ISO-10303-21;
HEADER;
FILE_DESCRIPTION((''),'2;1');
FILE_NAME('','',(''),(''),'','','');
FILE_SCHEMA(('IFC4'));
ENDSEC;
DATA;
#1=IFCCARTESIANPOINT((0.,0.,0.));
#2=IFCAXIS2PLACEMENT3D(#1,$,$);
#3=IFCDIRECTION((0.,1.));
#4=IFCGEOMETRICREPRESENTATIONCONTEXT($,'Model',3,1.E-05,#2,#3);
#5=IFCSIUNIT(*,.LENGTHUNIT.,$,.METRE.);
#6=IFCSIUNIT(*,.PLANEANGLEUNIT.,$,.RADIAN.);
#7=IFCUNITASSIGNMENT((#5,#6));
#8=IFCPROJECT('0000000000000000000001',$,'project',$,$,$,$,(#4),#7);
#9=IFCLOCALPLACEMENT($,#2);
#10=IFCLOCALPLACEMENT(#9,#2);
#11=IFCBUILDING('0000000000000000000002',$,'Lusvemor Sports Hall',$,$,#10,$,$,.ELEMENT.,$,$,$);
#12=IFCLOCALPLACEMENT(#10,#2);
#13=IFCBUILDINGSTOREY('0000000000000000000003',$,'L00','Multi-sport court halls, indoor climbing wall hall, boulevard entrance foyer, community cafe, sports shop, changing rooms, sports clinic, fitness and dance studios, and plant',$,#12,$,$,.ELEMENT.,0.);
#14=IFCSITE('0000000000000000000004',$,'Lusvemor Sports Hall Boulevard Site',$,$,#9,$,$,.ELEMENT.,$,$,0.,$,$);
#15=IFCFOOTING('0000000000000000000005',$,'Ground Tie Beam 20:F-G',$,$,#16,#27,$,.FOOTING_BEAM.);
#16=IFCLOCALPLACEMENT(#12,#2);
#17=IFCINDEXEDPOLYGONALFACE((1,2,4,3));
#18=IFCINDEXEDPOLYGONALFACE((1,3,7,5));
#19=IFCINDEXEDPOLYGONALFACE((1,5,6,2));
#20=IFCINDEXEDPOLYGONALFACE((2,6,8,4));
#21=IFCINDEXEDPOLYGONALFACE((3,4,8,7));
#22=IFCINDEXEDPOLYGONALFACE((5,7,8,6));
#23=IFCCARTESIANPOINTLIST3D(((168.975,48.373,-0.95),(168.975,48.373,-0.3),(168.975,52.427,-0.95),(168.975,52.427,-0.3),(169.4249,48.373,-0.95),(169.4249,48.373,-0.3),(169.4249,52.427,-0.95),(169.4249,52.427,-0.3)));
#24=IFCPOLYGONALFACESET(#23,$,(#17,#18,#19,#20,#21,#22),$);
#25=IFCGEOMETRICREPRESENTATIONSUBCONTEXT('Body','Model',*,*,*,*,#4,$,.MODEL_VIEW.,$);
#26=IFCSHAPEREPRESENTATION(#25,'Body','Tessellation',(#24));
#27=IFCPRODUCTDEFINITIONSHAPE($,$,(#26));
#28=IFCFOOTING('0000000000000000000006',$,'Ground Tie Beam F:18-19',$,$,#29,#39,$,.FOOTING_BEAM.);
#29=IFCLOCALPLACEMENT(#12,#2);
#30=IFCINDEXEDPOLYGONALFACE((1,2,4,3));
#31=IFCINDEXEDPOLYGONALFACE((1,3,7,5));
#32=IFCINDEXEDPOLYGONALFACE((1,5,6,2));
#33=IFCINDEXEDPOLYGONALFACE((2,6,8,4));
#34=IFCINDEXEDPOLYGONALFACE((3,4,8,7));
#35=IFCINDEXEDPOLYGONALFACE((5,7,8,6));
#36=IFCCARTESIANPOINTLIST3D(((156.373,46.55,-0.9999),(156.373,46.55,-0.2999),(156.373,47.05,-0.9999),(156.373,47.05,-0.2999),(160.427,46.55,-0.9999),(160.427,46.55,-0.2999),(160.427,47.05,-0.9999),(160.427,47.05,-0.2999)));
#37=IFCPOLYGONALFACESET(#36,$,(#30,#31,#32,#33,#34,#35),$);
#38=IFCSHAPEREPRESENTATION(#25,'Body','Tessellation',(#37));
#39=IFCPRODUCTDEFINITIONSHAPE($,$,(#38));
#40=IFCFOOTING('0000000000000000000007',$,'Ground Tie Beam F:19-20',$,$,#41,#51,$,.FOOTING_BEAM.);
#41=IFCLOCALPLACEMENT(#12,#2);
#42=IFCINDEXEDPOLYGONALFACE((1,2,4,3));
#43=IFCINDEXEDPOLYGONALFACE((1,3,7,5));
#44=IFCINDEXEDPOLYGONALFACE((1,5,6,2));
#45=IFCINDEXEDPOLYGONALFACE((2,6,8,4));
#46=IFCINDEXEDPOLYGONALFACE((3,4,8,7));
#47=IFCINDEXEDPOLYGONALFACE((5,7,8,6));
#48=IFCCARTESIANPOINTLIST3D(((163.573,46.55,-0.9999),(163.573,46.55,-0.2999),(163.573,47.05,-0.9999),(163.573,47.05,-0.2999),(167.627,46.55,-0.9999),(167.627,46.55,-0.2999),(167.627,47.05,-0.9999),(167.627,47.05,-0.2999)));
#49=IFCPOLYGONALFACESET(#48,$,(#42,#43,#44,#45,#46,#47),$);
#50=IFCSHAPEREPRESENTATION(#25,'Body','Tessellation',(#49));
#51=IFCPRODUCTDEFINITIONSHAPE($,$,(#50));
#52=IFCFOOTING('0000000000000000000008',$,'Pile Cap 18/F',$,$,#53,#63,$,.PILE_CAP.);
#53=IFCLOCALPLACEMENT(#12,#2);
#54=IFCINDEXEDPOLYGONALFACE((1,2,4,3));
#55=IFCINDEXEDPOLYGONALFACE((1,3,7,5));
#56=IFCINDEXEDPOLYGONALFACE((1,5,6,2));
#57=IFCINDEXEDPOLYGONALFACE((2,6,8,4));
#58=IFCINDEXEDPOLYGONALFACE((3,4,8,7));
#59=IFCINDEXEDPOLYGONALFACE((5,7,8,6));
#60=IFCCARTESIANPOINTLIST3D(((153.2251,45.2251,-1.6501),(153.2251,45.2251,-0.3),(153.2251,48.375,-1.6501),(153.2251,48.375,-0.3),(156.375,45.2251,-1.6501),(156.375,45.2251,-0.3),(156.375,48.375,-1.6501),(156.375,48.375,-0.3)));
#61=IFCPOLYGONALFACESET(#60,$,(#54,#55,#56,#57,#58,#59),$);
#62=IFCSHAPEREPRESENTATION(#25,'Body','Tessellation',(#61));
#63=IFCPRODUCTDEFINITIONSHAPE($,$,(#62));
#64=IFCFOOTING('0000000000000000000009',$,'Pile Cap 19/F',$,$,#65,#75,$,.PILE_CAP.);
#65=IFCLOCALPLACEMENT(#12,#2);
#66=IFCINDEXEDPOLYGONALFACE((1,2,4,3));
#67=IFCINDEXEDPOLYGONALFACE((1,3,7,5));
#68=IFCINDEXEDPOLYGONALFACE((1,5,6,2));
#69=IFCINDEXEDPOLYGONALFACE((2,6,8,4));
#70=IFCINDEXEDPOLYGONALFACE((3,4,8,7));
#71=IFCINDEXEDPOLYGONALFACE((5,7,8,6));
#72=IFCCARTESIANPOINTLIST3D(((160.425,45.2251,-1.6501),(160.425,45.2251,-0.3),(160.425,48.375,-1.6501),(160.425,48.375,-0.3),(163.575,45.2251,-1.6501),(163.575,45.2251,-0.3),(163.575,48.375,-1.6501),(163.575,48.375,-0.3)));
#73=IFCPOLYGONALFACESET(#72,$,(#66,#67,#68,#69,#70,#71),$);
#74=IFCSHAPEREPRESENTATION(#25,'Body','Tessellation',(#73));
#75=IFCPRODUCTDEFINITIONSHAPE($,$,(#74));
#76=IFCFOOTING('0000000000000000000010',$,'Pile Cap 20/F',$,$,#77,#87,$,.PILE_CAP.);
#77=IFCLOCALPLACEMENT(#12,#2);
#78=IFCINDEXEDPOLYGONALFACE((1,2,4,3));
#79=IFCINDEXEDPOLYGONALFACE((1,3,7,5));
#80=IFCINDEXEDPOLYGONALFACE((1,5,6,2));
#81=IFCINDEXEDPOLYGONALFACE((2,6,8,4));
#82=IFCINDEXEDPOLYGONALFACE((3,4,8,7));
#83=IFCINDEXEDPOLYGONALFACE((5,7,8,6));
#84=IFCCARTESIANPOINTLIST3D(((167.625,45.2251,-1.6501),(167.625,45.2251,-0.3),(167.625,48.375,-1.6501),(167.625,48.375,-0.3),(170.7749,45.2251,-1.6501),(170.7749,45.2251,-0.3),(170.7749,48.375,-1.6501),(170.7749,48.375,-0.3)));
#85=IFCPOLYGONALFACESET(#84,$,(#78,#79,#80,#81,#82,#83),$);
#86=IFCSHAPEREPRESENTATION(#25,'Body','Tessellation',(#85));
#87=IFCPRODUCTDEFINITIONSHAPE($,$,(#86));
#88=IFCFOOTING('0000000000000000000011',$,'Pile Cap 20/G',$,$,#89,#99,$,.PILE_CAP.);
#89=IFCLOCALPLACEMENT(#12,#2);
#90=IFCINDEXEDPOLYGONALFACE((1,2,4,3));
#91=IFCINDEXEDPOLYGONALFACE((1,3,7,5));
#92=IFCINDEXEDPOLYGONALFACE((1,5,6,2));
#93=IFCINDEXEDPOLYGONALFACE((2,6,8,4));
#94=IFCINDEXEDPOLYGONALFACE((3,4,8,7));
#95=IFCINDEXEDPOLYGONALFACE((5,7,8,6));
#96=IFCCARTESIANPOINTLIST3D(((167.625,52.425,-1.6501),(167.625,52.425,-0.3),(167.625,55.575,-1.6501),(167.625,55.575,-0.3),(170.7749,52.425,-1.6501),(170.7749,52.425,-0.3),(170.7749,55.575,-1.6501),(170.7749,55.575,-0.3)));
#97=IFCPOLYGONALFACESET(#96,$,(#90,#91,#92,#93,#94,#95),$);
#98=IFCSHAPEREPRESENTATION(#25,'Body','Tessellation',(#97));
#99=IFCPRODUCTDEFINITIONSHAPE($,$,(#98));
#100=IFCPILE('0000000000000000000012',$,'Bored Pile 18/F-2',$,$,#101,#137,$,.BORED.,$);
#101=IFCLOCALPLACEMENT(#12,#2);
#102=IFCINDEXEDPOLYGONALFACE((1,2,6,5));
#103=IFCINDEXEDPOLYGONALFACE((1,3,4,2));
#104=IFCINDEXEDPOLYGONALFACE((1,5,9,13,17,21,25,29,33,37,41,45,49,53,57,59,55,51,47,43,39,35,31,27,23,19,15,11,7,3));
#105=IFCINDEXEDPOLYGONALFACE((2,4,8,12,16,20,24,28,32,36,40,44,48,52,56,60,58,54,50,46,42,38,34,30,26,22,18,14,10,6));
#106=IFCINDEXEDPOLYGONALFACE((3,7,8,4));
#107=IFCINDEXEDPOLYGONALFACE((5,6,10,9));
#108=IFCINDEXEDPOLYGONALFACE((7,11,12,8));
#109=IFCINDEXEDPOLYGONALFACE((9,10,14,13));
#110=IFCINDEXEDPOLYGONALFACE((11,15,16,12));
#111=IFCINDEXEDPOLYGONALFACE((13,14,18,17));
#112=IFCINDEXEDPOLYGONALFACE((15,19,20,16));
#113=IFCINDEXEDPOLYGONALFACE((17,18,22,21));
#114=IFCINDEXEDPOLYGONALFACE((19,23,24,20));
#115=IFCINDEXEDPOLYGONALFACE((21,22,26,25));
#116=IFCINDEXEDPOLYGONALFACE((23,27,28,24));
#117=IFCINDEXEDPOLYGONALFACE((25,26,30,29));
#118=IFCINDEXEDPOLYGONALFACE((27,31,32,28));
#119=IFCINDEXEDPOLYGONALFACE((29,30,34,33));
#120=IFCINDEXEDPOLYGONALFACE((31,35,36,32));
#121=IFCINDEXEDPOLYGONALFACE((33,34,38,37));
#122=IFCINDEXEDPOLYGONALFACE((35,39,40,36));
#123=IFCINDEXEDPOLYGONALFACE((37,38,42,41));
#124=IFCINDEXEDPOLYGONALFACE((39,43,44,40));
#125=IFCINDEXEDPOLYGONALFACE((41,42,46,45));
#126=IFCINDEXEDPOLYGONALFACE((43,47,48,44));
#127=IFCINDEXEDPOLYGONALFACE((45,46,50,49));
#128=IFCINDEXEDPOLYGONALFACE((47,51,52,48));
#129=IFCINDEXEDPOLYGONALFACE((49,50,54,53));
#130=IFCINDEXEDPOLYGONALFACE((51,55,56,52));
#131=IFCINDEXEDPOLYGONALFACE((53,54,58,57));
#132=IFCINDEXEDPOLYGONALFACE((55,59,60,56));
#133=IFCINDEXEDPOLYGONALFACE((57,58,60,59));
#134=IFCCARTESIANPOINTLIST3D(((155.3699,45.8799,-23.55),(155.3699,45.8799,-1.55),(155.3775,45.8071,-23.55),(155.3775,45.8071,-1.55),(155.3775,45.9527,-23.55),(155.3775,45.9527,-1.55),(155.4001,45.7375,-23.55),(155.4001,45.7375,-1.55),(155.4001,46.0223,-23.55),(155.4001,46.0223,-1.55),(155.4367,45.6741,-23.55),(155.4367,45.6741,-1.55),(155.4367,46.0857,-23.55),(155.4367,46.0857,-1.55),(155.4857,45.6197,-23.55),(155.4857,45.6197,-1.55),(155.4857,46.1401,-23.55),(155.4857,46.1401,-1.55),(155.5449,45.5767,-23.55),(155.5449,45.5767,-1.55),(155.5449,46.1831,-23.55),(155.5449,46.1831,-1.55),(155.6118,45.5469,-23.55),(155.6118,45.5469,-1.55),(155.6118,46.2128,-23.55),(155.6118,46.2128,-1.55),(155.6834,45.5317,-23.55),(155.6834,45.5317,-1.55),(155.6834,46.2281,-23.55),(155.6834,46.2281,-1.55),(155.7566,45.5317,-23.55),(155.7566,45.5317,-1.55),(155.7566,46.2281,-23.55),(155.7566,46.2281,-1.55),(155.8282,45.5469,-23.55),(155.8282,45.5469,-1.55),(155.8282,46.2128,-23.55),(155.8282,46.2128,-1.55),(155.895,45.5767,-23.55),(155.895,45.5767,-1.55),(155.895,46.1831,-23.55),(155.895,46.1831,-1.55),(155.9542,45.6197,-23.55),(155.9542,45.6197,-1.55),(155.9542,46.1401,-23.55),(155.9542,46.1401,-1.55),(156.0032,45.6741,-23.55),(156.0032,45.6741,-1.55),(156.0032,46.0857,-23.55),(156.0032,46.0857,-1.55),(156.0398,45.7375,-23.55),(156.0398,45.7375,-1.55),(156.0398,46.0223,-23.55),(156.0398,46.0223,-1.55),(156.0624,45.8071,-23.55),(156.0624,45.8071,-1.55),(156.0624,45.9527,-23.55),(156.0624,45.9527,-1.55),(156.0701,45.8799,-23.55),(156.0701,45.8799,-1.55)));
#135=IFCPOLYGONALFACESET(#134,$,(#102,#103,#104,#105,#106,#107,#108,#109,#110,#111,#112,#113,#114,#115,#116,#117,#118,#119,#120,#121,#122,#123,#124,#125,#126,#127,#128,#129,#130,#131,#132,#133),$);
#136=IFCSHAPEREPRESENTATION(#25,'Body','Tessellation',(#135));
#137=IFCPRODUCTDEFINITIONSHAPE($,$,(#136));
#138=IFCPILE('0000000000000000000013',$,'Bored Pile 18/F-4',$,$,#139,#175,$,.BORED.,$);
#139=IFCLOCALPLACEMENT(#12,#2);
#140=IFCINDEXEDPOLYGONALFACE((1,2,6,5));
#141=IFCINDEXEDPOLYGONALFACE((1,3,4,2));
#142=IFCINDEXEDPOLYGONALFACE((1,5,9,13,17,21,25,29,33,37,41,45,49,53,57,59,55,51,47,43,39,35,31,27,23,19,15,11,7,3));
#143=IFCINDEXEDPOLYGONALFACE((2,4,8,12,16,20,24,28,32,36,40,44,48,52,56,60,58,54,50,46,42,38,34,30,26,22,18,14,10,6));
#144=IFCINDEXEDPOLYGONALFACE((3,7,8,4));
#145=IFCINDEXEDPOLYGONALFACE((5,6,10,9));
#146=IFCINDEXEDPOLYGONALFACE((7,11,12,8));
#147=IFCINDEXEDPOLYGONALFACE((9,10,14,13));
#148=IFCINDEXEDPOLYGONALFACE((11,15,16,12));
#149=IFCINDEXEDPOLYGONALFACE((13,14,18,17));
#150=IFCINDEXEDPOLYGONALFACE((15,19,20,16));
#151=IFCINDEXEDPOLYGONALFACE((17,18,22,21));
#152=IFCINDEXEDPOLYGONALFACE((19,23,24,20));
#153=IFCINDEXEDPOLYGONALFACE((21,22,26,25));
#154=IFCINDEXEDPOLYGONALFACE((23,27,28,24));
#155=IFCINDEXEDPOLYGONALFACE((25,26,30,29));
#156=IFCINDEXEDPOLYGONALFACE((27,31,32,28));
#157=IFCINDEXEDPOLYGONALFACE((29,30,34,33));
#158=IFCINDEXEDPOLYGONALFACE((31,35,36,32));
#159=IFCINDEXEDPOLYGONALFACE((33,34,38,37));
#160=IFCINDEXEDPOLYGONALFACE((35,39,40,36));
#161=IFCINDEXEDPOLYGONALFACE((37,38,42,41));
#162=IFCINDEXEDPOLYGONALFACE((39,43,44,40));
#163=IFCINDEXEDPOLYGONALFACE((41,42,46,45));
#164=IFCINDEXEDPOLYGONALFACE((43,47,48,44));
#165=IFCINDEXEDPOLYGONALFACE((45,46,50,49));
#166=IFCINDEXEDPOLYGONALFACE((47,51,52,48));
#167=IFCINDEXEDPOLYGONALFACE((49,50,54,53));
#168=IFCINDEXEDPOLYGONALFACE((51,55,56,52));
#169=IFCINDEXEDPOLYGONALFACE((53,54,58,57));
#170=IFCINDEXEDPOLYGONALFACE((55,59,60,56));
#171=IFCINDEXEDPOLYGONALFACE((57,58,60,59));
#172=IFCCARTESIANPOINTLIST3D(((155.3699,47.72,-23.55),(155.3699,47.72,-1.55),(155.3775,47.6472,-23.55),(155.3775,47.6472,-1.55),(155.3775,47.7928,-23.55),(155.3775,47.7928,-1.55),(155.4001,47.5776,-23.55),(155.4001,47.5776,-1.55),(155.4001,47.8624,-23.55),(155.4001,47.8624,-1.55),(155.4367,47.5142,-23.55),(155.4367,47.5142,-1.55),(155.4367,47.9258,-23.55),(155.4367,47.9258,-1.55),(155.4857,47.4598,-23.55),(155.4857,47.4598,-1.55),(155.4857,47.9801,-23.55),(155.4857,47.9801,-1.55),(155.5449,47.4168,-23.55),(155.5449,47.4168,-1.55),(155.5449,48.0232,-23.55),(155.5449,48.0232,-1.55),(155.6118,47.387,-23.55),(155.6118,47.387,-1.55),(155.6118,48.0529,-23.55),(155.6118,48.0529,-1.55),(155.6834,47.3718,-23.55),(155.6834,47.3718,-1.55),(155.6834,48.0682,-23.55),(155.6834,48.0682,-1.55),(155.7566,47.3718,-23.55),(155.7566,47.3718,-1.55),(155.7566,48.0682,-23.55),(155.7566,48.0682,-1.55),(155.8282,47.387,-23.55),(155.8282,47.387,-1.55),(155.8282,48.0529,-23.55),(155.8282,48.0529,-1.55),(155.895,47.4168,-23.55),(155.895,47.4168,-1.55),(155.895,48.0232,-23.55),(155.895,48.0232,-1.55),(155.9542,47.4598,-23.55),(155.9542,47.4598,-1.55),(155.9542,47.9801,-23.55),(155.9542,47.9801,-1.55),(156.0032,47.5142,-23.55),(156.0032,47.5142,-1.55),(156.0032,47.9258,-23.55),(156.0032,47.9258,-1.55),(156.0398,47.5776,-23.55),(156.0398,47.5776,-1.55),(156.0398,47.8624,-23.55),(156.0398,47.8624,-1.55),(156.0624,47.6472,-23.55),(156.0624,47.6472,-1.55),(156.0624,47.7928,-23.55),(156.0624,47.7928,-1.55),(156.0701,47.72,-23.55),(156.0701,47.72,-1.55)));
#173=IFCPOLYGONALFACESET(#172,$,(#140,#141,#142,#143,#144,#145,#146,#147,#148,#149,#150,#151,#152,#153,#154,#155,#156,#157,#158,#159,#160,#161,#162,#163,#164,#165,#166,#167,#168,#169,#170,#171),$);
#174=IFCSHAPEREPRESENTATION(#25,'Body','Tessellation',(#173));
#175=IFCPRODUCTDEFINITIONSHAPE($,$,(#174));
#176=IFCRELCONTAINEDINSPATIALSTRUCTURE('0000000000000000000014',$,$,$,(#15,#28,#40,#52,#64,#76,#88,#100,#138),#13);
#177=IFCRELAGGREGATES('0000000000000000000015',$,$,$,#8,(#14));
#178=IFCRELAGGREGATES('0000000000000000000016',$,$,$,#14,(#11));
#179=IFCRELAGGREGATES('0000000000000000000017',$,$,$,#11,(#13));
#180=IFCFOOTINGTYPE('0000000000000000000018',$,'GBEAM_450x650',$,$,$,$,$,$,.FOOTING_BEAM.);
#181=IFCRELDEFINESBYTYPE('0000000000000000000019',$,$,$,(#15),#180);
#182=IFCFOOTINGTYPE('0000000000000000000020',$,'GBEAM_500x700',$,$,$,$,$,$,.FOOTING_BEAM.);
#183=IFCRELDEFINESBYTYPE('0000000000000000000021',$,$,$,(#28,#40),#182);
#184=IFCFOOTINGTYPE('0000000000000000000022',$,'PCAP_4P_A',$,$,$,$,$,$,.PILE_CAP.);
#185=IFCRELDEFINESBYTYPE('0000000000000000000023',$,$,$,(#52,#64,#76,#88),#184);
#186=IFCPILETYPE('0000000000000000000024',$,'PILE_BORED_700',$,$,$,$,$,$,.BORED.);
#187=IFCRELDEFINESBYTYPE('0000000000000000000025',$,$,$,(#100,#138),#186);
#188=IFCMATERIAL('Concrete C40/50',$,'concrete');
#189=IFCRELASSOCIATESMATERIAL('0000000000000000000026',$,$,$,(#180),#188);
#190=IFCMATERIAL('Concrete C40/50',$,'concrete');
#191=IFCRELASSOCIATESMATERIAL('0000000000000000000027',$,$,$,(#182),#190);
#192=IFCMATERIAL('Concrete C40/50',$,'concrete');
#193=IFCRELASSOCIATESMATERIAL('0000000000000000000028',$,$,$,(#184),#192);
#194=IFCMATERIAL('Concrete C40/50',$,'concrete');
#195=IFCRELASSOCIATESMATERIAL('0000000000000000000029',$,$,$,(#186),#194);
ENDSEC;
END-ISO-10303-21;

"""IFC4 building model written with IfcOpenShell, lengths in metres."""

from ifc_helpers import new_model, si_unit, direction, frame, origin, origin_2d, place, context, subcontext, project, spatial, rectangle, circle, extrude, material, material_profile, profile_set, type_object, element, save


model = new_model("IFC4")

# Units and contexts
model_context = context("Model", 3, precision=1e-05, world=origin(), true_north=direction((0.0, 1.0)))
body_context = subcontext(model_context, "Body", "Model", "MODEL_VIEW")
ifc_project = project(units=[si_unit("LENGTHUNIT", "METRE"), si_unit("PLANEANGLEUNIT", "RADIAN")], contexts=[model_context])

# Site, building, storey
site_placement = place(None, origin())
site = spatial("IfcSite", under=ifc_project, at=site_placement, Name="Lusvemor Sports Hall Boulevard Site", CompositionType="ELEMENT", RefElevation=0.0)
building_placement = place(site_placement, origin())
building = spatial("IfcBuilding", under=site, at=building_placement, Name="Lusvemor Sports Hall", CompositionType="ELEMENT")
storey_placement = place(building_placement, origin())
storey = spatial("IfcBuildingStorey", under=building, at=storey_placement, Name="L00", Description="Multi-sport court halls, indoor climbing wall hall, boulevard entrance foyer, community cafe, sports shop, changing rooms, sports clinic, fitness and dance studios, and plant", CompositionType="ELEMENT", Elevation=0.0)

# Footings
ifc_material_1 = material(Name="Concrete C40/50", Category="concrete")
ifc_material_profile_1 = material_profile(ifc_material_1, rectangle(XDim=0.45, YDim=0.6499, at=origin_2d()), Name="GB_450x650")
ifc_profile_set_1 = profile_set([ifc_material_profile_1], Name="Concrete C40/50")
footing_type_1 = type_object("IfcFootingType", Name="GBEAM_450x650", PredefinedType="FOOTING_BEAM", material=ifc_profile_set_1)
footing_placement = place(storey_placement, frame((169.2, 48.373, -0.625), z_axis=(0.0, 1.0, 0.0), x_axis=(-1.0, 0.0, 0.0)))
element("IfcFooting", 1, at=footing_placement, inside=storey, type_object=footing_type_1, Name="Ground Tie Beam 20:F-G", PredefinedType="FOOTING_BEAM", context=body_context, shape_type="SweptSolid", body=[
    extrude(rectangle(XDim=0.45, YDim=0.6499, at=origin_2d()), origin(), (0.0, 0.0, 1.0), 4.054),
])
ifc_material_2 = material(Name="Concrete C40/50", Category="concrete")
ifc_material_profile_2 = material_profile(ifc_material_2, rectangle(XDim=0.5, YDim=0.7, at=origin_2d()), Name="GB_500x700")
ifc_profile_set_2 = profile_set([ifc_material_profile_2], Name="Concrete C40/50")
footing_type_2 = type_object("IfcFootingType", Name="GBEAM_500x700", PredefinedType="FOOTING_BEAM", material=ifc_profile_set_2)
for number, where, z_axis, x_axis, name in (
    (2, (156.373, 46.8, -0.6499), (1.0, 0.0, 0.0), (0.0, 1.0, 0.0), "Ground Tie Beam F:18-19"),
    (3, (163.573, 46.8, -0.6499), (1.0, 0.0, 0.0), (0.0, 1.0, 0.0), "Ground Tie Beam F:19-20"),
):
    element("IfcFooting", number, at=place(storey_placement, frame(where, z_axis=z_axis, x_axis=x_axis)), inside=storey, type_object=footing_type_2, Name=name, PredefinedType="FOOTING_BEAM", context=body_context, shape_type="SweptSolid", body=[
        extrude(rectangle(XDim=0.5, YDim=0.7, at=origin_2d()), origin(), (0.0, 0.0, 1.0), 4.054),
    ])
ifc_material_3 = material(Name="Concrete C40/50", Category="concrete")
footing_type_3 = type_object("IfcFootingType", Name="PCAP_4P_A", PredefinedType="PILE_CAP", material=ifc_material_3)
for number, where, z_axis, x_axis, name in (
    (4, (154.8, 46.8, -1.6501), (0.0, 0.0, 1.0), (1.0, 0.0, 0.0), "Pile Cap 18/F"),
    (5, (162.0, 46.8, -1.6501), (0.0, 0.0, 1.0), (1.0, 0.0, 0.0), "Pile Cap 19/F"),
    (6, (169.2, 46.8, -1.6501), (0.0, 0.0, 1.0), (1.0, 0.0, 0.0), "Pile Cap 20/F"),
    (7, (169.2, 54.0, -1.6501), (0.0, 0.0, 1.0), (1.0, 0.0, 0.0), "Pile Cap 20/G"),
):
    element("IfcFooting", number, at=place(storey_placement, frame(where, z_axis=z_axis, x_axis=x_axis)), inside=storey, type_object=footing_type_3, Name=name, PredefinedType="PILE_CAP", context=body_context, shape_type="SweptSolid", body=[
        extrude(rectangle(XDim=3.1499, YDim=3.1499, at=origin_2d()), origin(), (0.0, 0.0, 1.0), 1.3501),
    ])

# Piles
ifc_material_4 = material(Name="Concrete C40/50", Category="concrete")
ifc_material_profile_3 = material_profile(ifc_material_4, circle(Radius=0.3501, at=origin_2d()), Name="PILE700")
ifc_profile_set_3 = profile_set([ifc_material_profile_3], Name="Concrete C40/50")
pile_type = type_object("IfcPileType", Name="PILE_BORED_700", PredefinedType="BORED", material=ifc_profile_set_3)
for number, where, z_axis, x_axis, name in (
    (8, (155.72, 45.8799, -1.55), (0.0, 0.0, -1.0), (1.0, 0.0, 0.0), "Bored Pile 18/F-2"),
    (9, (155.72, 47.72, -1.55), (0.0, 0.0, -1.0), (1.0, 0.0, 0.0), "Bored Pile 18/F-4"),
):
    element("IfcPile", number, at=place(storey_placement, frame(where, z_axis=z_axis, x_axis=x_axis)), inside=storey, type_object=pile_type, Name=name, PredefinedType="BORED", context=body_context, shape_type="SweptSolid", body=[
        extrude(circle(Radius=0.3501, at=origin_2d()), origin(), (0.0, 0.0, 1.0), 22.0),
    ])

save(model, "model.ifc")
